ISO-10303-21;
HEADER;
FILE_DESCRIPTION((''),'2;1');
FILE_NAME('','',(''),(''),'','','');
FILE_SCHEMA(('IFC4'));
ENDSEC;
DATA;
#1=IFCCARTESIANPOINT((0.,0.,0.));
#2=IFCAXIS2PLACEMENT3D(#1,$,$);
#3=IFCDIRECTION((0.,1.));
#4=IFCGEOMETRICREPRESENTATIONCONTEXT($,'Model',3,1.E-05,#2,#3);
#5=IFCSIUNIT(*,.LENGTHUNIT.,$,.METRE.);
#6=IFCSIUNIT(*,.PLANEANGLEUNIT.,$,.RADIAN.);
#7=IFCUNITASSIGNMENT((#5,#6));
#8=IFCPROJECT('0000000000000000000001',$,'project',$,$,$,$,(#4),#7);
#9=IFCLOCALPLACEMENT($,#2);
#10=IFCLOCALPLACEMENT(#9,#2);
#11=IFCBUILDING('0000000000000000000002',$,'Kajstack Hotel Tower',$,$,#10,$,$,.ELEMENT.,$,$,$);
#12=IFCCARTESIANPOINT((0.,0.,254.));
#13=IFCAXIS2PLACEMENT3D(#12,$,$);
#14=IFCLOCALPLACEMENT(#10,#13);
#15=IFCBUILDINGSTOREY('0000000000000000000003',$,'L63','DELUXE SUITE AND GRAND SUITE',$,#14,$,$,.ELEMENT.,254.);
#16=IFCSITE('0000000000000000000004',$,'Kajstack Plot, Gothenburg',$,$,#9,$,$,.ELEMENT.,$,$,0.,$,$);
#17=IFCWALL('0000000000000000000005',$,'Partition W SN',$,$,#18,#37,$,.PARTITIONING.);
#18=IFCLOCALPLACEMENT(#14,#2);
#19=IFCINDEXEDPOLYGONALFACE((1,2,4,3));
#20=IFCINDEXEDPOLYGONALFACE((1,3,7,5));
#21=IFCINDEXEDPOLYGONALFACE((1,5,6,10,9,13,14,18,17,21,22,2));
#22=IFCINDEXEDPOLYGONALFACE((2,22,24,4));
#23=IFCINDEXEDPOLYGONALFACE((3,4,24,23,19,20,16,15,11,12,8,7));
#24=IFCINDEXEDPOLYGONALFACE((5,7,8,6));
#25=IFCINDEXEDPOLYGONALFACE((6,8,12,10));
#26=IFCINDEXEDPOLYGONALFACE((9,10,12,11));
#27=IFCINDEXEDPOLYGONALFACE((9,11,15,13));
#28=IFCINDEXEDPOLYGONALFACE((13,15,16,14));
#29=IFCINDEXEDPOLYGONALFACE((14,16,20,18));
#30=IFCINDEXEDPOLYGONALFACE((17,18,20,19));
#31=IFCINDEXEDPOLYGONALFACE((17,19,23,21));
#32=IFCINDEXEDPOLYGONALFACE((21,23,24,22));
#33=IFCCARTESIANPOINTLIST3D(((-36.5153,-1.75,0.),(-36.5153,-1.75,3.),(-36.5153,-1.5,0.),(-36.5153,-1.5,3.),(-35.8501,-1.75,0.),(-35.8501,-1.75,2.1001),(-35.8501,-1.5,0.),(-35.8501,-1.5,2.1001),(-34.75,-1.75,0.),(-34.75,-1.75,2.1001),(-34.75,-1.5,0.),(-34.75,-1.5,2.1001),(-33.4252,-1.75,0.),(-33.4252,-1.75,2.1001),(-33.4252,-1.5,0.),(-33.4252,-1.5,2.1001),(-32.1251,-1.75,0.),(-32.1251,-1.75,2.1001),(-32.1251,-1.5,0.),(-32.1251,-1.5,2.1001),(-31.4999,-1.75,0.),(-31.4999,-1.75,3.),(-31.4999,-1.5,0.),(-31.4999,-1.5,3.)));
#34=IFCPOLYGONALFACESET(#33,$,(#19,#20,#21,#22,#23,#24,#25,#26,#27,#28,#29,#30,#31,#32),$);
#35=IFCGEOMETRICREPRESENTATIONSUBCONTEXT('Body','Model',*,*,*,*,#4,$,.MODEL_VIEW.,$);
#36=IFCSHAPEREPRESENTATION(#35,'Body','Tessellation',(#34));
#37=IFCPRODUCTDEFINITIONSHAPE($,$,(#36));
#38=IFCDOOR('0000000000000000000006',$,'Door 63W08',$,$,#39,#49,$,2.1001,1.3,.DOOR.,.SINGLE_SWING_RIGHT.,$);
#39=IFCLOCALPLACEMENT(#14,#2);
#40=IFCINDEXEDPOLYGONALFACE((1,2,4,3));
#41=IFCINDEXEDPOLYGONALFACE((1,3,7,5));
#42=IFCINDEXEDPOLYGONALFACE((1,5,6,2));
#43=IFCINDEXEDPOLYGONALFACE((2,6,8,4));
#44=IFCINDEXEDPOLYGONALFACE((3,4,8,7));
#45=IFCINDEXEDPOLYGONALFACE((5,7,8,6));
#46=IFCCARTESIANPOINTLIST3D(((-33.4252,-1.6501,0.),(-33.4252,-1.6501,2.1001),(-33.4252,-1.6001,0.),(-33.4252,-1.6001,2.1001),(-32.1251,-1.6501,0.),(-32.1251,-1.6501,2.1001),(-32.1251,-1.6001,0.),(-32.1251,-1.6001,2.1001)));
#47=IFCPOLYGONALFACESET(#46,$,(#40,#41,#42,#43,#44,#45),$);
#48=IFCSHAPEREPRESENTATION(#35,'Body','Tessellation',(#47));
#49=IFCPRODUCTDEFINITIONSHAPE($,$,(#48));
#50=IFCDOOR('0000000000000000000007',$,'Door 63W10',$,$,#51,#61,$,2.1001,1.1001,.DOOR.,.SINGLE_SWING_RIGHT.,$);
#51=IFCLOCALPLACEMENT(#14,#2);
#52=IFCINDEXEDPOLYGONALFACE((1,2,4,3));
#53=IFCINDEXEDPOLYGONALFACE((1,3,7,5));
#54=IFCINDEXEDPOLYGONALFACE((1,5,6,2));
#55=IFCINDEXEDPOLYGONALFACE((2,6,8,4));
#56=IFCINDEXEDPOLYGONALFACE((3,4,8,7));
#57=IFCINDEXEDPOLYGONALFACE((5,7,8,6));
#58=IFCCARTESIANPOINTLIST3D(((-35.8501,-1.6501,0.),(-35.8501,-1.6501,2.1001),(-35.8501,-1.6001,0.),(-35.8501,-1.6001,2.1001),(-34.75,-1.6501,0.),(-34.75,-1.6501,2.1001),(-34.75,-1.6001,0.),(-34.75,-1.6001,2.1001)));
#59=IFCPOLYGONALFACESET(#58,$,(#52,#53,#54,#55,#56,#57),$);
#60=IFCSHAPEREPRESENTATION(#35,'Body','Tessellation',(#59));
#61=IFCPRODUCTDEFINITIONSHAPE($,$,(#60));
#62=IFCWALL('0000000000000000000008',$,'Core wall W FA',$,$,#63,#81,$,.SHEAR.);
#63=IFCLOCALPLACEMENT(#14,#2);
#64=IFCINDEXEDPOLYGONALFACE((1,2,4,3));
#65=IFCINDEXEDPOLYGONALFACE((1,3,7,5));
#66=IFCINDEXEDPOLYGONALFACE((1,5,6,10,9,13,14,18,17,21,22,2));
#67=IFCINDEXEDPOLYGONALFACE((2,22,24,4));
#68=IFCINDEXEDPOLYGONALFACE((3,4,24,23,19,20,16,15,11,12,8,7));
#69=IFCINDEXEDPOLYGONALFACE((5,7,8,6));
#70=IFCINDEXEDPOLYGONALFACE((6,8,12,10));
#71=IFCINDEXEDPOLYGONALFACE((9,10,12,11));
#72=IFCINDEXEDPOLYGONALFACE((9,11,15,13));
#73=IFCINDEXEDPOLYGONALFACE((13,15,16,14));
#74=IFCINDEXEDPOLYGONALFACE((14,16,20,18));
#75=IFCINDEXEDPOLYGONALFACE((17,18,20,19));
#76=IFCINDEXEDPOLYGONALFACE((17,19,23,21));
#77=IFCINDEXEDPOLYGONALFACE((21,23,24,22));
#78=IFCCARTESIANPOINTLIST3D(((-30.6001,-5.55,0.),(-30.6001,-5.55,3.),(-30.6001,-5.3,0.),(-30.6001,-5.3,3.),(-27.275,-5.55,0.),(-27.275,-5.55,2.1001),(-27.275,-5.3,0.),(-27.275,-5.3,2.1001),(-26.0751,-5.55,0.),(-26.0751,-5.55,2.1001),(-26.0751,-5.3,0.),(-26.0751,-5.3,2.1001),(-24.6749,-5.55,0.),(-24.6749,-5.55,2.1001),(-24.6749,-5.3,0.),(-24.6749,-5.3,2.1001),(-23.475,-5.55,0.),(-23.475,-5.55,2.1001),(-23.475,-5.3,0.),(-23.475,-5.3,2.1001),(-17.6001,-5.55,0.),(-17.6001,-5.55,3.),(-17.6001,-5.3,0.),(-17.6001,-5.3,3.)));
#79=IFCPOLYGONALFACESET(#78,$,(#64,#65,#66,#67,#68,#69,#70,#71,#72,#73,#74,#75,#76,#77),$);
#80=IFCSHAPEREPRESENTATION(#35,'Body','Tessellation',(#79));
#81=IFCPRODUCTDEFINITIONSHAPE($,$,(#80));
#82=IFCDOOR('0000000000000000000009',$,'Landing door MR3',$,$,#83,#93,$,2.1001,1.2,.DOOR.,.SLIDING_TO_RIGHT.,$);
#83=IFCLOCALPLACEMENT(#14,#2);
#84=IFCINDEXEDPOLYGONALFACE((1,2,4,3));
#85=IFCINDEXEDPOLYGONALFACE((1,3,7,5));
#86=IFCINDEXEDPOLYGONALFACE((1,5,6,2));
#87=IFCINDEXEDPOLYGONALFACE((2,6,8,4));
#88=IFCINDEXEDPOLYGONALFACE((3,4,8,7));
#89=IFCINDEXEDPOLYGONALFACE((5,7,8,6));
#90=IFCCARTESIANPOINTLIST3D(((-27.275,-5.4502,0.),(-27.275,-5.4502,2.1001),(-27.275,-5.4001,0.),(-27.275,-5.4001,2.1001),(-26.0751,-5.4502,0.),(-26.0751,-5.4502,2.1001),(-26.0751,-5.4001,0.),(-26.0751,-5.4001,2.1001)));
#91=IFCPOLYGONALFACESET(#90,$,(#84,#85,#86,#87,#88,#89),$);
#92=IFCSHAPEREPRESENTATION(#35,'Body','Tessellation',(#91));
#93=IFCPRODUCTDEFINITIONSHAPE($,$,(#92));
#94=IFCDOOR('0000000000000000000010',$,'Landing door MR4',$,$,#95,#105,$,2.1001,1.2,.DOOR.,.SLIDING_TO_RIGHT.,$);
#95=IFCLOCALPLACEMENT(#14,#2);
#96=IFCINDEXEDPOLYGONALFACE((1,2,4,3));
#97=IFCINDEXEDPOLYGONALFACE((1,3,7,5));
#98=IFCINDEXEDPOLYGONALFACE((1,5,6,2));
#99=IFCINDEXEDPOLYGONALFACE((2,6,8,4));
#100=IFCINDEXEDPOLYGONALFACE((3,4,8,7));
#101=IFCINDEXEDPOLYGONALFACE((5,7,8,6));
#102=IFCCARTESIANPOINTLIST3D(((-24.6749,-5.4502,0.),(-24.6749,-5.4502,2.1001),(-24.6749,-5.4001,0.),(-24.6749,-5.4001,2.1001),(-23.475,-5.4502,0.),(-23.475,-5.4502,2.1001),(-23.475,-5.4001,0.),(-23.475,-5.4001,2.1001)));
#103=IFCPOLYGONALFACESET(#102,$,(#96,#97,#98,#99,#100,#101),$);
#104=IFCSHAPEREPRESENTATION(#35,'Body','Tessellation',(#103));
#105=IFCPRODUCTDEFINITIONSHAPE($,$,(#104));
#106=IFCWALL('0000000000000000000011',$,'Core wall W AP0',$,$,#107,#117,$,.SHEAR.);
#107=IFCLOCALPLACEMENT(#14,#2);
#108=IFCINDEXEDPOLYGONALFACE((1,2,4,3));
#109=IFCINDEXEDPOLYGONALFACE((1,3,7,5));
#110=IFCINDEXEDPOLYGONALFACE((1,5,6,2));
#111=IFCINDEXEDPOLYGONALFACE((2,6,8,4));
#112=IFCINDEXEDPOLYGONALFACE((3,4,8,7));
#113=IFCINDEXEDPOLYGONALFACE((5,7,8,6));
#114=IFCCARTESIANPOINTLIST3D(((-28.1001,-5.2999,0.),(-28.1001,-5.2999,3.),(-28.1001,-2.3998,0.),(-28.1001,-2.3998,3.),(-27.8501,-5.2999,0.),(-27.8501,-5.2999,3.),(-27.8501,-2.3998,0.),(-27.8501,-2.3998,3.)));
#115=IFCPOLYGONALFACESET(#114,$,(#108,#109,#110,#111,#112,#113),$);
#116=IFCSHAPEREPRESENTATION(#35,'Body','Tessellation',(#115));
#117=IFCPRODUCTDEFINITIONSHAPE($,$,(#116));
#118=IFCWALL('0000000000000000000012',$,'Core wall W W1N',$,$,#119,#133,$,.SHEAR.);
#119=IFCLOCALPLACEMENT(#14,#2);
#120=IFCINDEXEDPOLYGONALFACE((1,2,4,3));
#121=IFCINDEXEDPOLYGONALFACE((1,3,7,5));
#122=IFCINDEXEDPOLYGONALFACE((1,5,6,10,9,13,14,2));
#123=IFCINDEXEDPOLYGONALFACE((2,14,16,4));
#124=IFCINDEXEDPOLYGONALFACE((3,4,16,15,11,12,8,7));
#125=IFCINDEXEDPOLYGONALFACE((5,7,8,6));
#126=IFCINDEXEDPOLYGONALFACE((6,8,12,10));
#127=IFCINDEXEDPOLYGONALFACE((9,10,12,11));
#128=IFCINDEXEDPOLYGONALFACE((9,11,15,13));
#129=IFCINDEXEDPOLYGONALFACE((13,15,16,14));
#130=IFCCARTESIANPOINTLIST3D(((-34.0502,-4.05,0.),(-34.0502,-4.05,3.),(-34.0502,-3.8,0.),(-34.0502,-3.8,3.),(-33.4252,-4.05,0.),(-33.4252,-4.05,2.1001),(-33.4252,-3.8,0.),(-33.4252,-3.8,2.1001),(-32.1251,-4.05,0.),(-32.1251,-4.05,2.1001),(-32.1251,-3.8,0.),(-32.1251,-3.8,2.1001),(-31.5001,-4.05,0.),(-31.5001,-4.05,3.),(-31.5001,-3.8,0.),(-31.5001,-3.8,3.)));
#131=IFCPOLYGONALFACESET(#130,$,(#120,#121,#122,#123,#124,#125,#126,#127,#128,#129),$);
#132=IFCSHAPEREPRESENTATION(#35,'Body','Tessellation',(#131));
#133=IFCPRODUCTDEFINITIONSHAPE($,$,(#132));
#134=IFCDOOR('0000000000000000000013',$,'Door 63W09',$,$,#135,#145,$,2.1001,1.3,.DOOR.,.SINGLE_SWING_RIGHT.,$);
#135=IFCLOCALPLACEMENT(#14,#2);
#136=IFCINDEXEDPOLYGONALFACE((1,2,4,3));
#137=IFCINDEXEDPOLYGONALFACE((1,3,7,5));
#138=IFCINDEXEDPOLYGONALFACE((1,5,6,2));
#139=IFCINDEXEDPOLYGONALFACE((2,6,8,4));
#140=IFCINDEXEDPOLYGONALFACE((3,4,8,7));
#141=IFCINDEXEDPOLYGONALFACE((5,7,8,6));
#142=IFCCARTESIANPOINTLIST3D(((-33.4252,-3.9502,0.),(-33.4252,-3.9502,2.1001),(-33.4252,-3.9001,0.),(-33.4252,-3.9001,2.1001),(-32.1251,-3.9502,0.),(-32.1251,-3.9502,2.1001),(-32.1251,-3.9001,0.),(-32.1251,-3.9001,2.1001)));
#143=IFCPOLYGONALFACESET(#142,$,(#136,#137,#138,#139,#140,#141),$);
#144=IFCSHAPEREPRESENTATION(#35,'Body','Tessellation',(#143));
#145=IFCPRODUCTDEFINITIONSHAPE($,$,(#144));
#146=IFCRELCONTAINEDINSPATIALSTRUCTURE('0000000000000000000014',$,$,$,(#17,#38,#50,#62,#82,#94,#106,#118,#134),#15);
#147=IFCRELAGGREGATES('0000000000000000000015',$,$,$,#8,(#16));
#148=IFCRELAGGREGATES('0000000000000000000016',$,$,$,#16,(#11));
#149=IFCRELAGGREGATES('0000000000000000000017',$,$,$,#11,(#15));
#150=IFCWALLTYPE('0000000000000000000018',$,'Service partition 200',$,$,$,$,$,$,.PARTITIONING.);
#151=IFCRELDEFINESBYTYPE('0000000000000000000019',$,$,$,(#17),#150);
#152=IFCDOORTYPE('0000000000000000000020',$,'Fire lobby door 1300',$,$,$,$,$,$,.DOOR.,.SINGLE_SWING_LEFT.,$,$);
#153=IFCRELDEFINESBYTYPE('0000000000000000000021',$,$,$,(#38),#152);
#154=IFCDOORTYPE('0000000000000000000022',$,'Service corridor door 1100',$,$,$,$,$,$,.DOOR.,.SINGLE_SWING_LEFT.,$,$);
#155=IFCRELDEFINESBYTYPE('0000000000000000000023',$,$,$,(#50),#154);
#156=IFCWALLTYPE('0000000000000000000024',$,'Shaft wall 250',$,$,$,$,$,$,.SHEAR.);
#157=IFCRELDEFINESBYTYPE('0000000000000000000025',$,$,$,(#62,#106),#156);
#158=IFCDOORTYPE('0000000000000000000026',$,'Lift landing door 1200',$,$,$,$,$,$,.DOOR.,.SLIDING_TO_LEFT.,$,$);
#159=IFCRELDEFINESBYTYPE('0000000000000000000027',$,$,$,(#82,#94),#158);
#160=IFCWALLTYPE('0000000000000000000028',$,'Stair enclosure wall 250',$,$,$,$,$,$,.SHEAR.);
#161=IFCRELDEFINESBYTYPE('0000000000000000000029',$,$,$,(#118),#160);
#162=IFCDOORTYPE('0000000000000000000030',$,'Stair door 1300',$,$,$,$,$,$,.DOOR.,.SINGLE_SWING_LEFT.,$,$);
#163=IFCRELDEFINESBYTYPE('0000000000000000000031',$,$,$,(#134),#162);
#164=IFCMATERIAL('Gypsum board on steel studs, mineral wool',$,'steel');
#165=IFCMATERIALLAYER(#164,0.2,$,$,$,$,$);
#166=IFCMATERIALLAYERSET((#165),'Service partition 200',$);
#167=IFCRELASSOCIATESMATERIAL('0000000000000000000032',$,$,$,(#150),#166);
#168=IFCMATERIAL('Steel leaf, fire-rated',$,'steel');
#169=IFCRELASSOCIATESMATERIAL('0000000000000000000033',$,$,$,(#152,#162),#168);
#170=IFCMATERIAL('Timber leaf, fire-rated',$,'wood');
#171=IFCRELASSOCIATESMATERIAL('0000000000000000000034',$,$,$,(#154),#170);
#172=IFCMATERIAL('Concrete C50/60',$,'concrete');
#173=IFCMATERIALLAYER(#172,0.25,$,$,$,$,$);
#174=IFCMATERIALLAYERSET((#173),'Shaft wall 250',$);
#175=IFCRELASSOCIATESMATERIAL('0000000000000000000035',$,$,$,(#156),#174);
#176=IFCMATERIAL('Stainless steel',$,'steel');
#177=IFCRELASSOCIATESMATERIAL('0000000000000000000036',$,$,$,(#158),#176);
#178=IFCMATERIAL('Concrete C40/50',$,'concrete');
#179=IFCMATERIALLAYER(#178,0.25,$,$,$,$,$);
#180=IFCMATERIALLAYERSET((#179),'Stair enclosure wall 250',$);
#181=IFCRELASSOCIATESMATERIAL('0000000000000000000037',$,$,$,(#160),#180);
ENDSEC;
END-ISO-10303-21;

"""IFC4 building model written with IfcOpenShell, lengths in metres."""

from ifc_helpers import new_model, si_unit, direction, frame, frame_2d, origin, place, context, subcontext, project, spatial, rectangle, extrude, material, layer, layer_set, type_object, element, fill, save


model = new_model("IFC4")

# Units and contexts
model_context = context("Model", 3, precision=1e-05, world=origin(), true_north=direction((0.0, 1.0)))
body_context = subcontext(model_context, "Body", "Model", "MODEL_VIEW")
ifc_project = project(units=[si_unit("LENGTHUNIT", "METRE"), si_unit("PLANEANGLEUNIT", "RADIAN")], contexts=[model_context])

# Site, building, storey
site_placement = place(None, origin())
site = spatial("IfcSite", under=ifc_project, at=site_placement, Name="Kajstack Plot, Gothenburg", CompositionType="ELEMENT", RefElevation=0.0)
building_placement = place(site_placement, origin())
building = spatial("IfcBuilding", under=site, at=building_placement, Name="Kajstack Hotel Tower", CompositionType="ELEMENT")
storey_placement = place(building_placement, frame((0.0, 0.0, 254.0)))
storey = spatial("IfcBuildingStorey", under=building, at=storey_placement, Name="L63", Description="DELUXE SUITE AND GRAND SUITE", CompositionType="ELEMENT", Elevation=254.0)

# Shared definitions
ifc_material_1 = material(Name="Gypsum board on steel studs, mineral wool", Category="steel")

# Shared definitions
ifc_material_2 = material(Name="Concrete C50/60", Category="concrete")

# Walls, openings, doors
ifc_layer_1 = layer(ifc_material_1, 0.2)
ifc_layer_set_1 = layer_set([ifc_layer_1], Name="Service partition 200")
wall_type_1 = type_object("IfcWallType", Name="Service partition 200", PredefinedType="PARTITIONING", material=ifc_layer_set_1)
wall_1_placement = place(storey_placement, frame((-36.5154, -1.625, 0.0), z_axis=(0.0, 0.0, 1.0), x_axis=(1.0, 0.0, 0.0)))
wall_1 = element("IfcWall", 1, at=wall_1_placement, inside=storey, type_object=wall_type_1, Name="Partition W SN", PredefinedType="PARTITIONING", context=body_context, shape_type="SweptSolid", body=[
    extrude(rectangle(XDim=5.0154, YDim=0.25, at=frame_2d((2.5078, 0.0))), origin(), (0.0, 0.0, 1.0), 3.0),
])
opening_1_placement = place(wall_1_placement, frame((3.0903, 0.0, 0.0)))
opening_1 = element("IfcOpeningElement", 2, at=opening_1_placement, cuts=wall_1, PredefinedType="OPENING", context=body_context, shape_type="SweptSolid", body=[
    extrude(rectangle(XDim=1.3, YDim=2.1001, at=frame_2d((0.6499, 1.05))), frame((0.0, 0.135, 0.0), z_axis=(0.0, -1.0, 0.0), x_axis=(1.0, 0.0, 0.0)), (0.0, 0.0, 1.0), 0.27),
])
opening_2_placement = place(wall_1_placement, frame((0.6653, 0.0, 0.0)))
opening_2 = element("IfcOpeningElement", 3, at=opening_2_placement, cuts=wall_1, PredefinedType="OPENING", context=body_context, shape_type="SweptSolid", body=[
    extrude(rectangle(XDim=1.1001, YDim=2.1001, at=frame_2d((0.55, 1.05))), frame((0.0, 0.135, 0.0), z_axis=(0.0, -1.0, 0.0), x_axis=(1.0, 0.0, 0.0)), (0.0, 0.0, 1.0), 0.27),
])
ifc_material_3 = material(Name="Steel leaf, fire-rated", Category="steel")
door_type_1 = type_object("IfcDoorType", Name="Fire lobby door 1300", OperationType="SINGLE_SWING_LEFT", PredefinedType="DOOR", material=ifc_material_3)
door_1_placement = place(opening_1_placement, origin())
door_1 = element("IfcDoor", 4, at=door_1_placement, inside=storey, type_object=door_type_1, Name="Door 63W08", OperationType="SINGLE_SWING_RIGHT", OverallHeight=2.1001, OverallWidth=1.3, PredefinedType="DOOR", context=body_context, shape_type="SweptSolid", body=[
    extrude(rectangle(XDim=1.3, YDim=2.1001, at=frame_2d((0.6499, 1.05))), frame((0.0, 0.0249, 0.0), z_axis=(0.0, -1.0, 0.0), x_axis=(1.0, 0.0, 0.0)), (0.0, 0.0, 1.0), 0.05),
])
fill(opening_1, door_1)
ifc_material_4 = material(Name="Timber leaf, fire-rated", Category="wood")
door_type_2 = type_object("IfcDoorType", Name="Service corridor door 1100", OperationType="SINGLE_SWING_LEFT", PredefinedType="DOOR", material=ifc_material_4)
door_2_placement = place(opening_2_placement, origin())
door_2 = element("IfcDoor", 5, at=door_2_placement, inside=storey, type_object=door_type_2, Name="Door 63W10", OperationType="SINGLE_SWING_RIGHT", OverallHeight=2.1001, OverallWidth=1.1001, PredefinedType="DOOR", context=body_context, shape_type="SweptSolid", body=[
    extrude(rectangle(XDim=1.1001, YDim=2.1001, at=frame_2d((0.55, 1.05))), frame((0.0, 0.0249, 0.0), z_axis=(0.0, -1.0, 0.0), x_axis=(1.0, 0.0, 0.0)), (0.0, 0.0, 1.0), 0.05),
])
fill(opening_2, door_2)
ifc_layer_2 = layer(ifc_material_2, 0.25)
ifc_layer_set_2 = layer_set([ifc_layer_2], Name="Shaft wall 250")
wall_type_2 = type_object("IfcWallType", Name="Shaft wall 250", PredefinedType="SHEAR", material=ifc_layer_set_2)
wall_2_placement = place(storey_placement, frame((-30.6001, -5.425, 0.0), z_axis=(0.0, 0.0, 1.0), x_axis=(1.0, 0.0, 0.0)))
wall_2 = element("IfcWall", 6, at=wall_2_placement, inside=storey, type_object=wall_type_2, Name="Core wall W FA", PredefinedType="SHEAR", context=body_context, shape_type="SweptSolid", body=[
    extrude(rectangle(XDim=13.0, YDim=0.25, at=frame_2d((6.5, 0.0))), origin(), (0.0, 0.0, 1.0), 3.0),
])
opening_3_placement = place(wall_2_placement, frame((3.325, 0.0, 0.0)))
opening_3 = element("IfcOpeningElement", 7, at=opening_3_placement, cuts=wall_2, PredefinedType="OPENING", context=body_context, shape_type="SweptSolid", body=[
    extrude(rectangle(XDim=1.2, YDim=2.1001, at=frame_2d((0.6001, 1.05))), frame((0.0, 0.135, 0.0), z_axis=(0.0, -1.0, 0.0), x_axis=(1.0, 0.0, 0.0)), (0.0, 0.0, 1.0), 0.27),
])
opening_4_placement = place(wall_2_placement, frame((5.925, 0.0, 0.0)))
opening_4 = element("IfcOpeningElement", 8, at=opening_4_placement, cuts=wall_2, PredefinedType="OPENING", context=body_context, shape_type="SweptSolid", body=[
    extrude(rectangle(XDim=1.2, YDim=2.1001, at=frame_2d((0.6001, 1.05))), frame((0.0, 0.135, 0.0), z_axis=(0.0, -1.0, 0.0), x_axis=(1.0, 0.0, 0.0)), (0.0, 0.0, 1.0), 0.27),
])
ifc_material_5 = material(Name="Stainless steel", Category="steel")
door_type_3 = type_object("IfcDoorType", Name="Lift landing door 1200", OperationType="SLIDING_TO_LEFT", PredefinedType="DOOR", material=ifc_material_5)
door_3_placement = place(opening_3_placement, origin())
door_3 = element("IfcDoor", 9, at=door_3_placement, inside=storey, type_object=door_type_3, Name="Landing door MR3", OperationType="SLIDING_TO_RIGHT", OverallHeight=2.1001, OverallWidth=1.2, PredefinedType="DOOR", context=body_context, shape_type="SweptSolid", body=[
    extrude(rectangle(XDim=1.2, YDim=2.1001, at=frame_2d((0.6001, 1.05))), frame((0.0, 0.0249, 0.0), z_axis=(0.0, -1.0, 0.0), x_axis=(1.0, 0.0, 0.0)), (0.0, 0.0, 1.0), 0.05),
])
fill(opening_3, door_3)
door_4_placement = place(opening_4_placement, origin())
door_4 = element("IfcDoor", 10, at=door_4_placement, inside=storey, type_object=door_type_3, Name="Landing door MR4", OperationType="SLIDING_TO_RIGHT", OverallHeight=2.1001, OverallWidth=1.2, PredefinedType="DOOR", context=body_context, shape_type="SweptSolid", body=[
    extrude(rectangle(XDim=1.2, YDim=2.1001, at=frame_2d((0.6001, 1.05))), frame((0.0, 0.0249, 0.0), z_axis=(0.0, -1.0, 0.0), x_axis=(1.0, 0.0, 0.0)), (0.0, 0.0, 1.0), 0.05),
])
fill(opening_4, door_4)

# Wall
wall_3_placement = place(storey_placement, frame((-27.9751, -5.3, 0.0), z_axis=(0.0, 0.0, 1.0), x_axis=(0.0, 1.0, 0.0)))
element("IfcWall", 11, at=wall_3_placement, inside=storey, type_object=wall_type_2, Name="Core wall W AP0", PredefinedType="SHEAR", context=body_context, shape_type="SweptSolid", body=[
    extrude(rectangle(XDim=2.9001, YDim=0.25, at=frame_2d((1.4502, 0.0))), origin(), (0.0, 0.0, 1.0), 3.0),
])

# Wall, opening, door
ifc_material_6 = material(Name="Concrete C40/50", Category="concrete")
ifc_layer_3 = layer(ifc_material_6, 0.25)
ifc_layer_set_3 = layer_set([ifc_layer_3], Name="Stair enclosure wall 250")
wall_type_3 = type_object("IfcWallType", Name="Stair enclosure wall 250", PredefinedType="SHEAR", material=ifc_layer_set_3)
wall_4_placement = place(storey_placement, frame((-34.05, -3.925, 0.0), z_axis=(0.0, 0.0, 1.0), x_axis=(1.0, 0.0, 0.0)))
wall_4 = element("IfcWall", 12, at=wall_4_placement, inside=storey, type_object=wall_type_3, Name="Core wall W W1N", PredefinedType="SHEAR", context=body_context, shape_type="SweptSolid", body=[
    extrude(rectangle(XDim=2.55, YDim=0.25, at=frame_2d((1.2749, 0.0))), origin(), (0.0, 0.0, 1.0), 3.0),
])
opening_5_placement = place(wall_4_placement, frame((0.625, 0.0, 0.0)))
opening_5 = element("IfcOpeningElement", 13, at=opening_5_placement, cuts=wall_4, PredefinedType="OPENING", context=body_context, shape_type="SweptSolid", body=[
    extrude(rectangle(XDim=1.3, YDim=2.1001, at=frame_2d((0.6499, 1.05))), frame((0.0, 0.135, 0.0), z_axis=(0.0, -1.0, 0.0), x_axis=(1.0, 0.0, 0.0)), (0.0, 0.0, 1.0), 0.27),
])
door_type_4 = type_object("IfcDoorType", Name="Stair door 1300", OperationType="SINGLE_SWING_LEFT", PredefinedType="DOOR", material=ifc_material_3)
door_5_placement = place(opening_5_placement, origin())
door_5 = element("IfcDoor", 14, at=door_5_placement, inside=storey, type_object=door_type_4, Name="Door 63W09", OperationType="SINGLE_SWING_RIGHT", OverallHeight=2.1001, OverallWidth=1.3, PredefinedType="DOOR", context=body_context, shape_type="SweptSolid", body=[
    extrude(rectangle(XDim=1.3, YDim=2.1001, at=frame_2d((0.6499, 1.05))), frame((0.0, 0.0249, 0.0), z_axis=(0.0, -1.0, 0.0), x_axis=(1.0, 0.0, 0.0)), (0.0, 0.0, 1.0), 0.05),
])
fill(opening_5, door_5)

save(model, "model.ifc")
